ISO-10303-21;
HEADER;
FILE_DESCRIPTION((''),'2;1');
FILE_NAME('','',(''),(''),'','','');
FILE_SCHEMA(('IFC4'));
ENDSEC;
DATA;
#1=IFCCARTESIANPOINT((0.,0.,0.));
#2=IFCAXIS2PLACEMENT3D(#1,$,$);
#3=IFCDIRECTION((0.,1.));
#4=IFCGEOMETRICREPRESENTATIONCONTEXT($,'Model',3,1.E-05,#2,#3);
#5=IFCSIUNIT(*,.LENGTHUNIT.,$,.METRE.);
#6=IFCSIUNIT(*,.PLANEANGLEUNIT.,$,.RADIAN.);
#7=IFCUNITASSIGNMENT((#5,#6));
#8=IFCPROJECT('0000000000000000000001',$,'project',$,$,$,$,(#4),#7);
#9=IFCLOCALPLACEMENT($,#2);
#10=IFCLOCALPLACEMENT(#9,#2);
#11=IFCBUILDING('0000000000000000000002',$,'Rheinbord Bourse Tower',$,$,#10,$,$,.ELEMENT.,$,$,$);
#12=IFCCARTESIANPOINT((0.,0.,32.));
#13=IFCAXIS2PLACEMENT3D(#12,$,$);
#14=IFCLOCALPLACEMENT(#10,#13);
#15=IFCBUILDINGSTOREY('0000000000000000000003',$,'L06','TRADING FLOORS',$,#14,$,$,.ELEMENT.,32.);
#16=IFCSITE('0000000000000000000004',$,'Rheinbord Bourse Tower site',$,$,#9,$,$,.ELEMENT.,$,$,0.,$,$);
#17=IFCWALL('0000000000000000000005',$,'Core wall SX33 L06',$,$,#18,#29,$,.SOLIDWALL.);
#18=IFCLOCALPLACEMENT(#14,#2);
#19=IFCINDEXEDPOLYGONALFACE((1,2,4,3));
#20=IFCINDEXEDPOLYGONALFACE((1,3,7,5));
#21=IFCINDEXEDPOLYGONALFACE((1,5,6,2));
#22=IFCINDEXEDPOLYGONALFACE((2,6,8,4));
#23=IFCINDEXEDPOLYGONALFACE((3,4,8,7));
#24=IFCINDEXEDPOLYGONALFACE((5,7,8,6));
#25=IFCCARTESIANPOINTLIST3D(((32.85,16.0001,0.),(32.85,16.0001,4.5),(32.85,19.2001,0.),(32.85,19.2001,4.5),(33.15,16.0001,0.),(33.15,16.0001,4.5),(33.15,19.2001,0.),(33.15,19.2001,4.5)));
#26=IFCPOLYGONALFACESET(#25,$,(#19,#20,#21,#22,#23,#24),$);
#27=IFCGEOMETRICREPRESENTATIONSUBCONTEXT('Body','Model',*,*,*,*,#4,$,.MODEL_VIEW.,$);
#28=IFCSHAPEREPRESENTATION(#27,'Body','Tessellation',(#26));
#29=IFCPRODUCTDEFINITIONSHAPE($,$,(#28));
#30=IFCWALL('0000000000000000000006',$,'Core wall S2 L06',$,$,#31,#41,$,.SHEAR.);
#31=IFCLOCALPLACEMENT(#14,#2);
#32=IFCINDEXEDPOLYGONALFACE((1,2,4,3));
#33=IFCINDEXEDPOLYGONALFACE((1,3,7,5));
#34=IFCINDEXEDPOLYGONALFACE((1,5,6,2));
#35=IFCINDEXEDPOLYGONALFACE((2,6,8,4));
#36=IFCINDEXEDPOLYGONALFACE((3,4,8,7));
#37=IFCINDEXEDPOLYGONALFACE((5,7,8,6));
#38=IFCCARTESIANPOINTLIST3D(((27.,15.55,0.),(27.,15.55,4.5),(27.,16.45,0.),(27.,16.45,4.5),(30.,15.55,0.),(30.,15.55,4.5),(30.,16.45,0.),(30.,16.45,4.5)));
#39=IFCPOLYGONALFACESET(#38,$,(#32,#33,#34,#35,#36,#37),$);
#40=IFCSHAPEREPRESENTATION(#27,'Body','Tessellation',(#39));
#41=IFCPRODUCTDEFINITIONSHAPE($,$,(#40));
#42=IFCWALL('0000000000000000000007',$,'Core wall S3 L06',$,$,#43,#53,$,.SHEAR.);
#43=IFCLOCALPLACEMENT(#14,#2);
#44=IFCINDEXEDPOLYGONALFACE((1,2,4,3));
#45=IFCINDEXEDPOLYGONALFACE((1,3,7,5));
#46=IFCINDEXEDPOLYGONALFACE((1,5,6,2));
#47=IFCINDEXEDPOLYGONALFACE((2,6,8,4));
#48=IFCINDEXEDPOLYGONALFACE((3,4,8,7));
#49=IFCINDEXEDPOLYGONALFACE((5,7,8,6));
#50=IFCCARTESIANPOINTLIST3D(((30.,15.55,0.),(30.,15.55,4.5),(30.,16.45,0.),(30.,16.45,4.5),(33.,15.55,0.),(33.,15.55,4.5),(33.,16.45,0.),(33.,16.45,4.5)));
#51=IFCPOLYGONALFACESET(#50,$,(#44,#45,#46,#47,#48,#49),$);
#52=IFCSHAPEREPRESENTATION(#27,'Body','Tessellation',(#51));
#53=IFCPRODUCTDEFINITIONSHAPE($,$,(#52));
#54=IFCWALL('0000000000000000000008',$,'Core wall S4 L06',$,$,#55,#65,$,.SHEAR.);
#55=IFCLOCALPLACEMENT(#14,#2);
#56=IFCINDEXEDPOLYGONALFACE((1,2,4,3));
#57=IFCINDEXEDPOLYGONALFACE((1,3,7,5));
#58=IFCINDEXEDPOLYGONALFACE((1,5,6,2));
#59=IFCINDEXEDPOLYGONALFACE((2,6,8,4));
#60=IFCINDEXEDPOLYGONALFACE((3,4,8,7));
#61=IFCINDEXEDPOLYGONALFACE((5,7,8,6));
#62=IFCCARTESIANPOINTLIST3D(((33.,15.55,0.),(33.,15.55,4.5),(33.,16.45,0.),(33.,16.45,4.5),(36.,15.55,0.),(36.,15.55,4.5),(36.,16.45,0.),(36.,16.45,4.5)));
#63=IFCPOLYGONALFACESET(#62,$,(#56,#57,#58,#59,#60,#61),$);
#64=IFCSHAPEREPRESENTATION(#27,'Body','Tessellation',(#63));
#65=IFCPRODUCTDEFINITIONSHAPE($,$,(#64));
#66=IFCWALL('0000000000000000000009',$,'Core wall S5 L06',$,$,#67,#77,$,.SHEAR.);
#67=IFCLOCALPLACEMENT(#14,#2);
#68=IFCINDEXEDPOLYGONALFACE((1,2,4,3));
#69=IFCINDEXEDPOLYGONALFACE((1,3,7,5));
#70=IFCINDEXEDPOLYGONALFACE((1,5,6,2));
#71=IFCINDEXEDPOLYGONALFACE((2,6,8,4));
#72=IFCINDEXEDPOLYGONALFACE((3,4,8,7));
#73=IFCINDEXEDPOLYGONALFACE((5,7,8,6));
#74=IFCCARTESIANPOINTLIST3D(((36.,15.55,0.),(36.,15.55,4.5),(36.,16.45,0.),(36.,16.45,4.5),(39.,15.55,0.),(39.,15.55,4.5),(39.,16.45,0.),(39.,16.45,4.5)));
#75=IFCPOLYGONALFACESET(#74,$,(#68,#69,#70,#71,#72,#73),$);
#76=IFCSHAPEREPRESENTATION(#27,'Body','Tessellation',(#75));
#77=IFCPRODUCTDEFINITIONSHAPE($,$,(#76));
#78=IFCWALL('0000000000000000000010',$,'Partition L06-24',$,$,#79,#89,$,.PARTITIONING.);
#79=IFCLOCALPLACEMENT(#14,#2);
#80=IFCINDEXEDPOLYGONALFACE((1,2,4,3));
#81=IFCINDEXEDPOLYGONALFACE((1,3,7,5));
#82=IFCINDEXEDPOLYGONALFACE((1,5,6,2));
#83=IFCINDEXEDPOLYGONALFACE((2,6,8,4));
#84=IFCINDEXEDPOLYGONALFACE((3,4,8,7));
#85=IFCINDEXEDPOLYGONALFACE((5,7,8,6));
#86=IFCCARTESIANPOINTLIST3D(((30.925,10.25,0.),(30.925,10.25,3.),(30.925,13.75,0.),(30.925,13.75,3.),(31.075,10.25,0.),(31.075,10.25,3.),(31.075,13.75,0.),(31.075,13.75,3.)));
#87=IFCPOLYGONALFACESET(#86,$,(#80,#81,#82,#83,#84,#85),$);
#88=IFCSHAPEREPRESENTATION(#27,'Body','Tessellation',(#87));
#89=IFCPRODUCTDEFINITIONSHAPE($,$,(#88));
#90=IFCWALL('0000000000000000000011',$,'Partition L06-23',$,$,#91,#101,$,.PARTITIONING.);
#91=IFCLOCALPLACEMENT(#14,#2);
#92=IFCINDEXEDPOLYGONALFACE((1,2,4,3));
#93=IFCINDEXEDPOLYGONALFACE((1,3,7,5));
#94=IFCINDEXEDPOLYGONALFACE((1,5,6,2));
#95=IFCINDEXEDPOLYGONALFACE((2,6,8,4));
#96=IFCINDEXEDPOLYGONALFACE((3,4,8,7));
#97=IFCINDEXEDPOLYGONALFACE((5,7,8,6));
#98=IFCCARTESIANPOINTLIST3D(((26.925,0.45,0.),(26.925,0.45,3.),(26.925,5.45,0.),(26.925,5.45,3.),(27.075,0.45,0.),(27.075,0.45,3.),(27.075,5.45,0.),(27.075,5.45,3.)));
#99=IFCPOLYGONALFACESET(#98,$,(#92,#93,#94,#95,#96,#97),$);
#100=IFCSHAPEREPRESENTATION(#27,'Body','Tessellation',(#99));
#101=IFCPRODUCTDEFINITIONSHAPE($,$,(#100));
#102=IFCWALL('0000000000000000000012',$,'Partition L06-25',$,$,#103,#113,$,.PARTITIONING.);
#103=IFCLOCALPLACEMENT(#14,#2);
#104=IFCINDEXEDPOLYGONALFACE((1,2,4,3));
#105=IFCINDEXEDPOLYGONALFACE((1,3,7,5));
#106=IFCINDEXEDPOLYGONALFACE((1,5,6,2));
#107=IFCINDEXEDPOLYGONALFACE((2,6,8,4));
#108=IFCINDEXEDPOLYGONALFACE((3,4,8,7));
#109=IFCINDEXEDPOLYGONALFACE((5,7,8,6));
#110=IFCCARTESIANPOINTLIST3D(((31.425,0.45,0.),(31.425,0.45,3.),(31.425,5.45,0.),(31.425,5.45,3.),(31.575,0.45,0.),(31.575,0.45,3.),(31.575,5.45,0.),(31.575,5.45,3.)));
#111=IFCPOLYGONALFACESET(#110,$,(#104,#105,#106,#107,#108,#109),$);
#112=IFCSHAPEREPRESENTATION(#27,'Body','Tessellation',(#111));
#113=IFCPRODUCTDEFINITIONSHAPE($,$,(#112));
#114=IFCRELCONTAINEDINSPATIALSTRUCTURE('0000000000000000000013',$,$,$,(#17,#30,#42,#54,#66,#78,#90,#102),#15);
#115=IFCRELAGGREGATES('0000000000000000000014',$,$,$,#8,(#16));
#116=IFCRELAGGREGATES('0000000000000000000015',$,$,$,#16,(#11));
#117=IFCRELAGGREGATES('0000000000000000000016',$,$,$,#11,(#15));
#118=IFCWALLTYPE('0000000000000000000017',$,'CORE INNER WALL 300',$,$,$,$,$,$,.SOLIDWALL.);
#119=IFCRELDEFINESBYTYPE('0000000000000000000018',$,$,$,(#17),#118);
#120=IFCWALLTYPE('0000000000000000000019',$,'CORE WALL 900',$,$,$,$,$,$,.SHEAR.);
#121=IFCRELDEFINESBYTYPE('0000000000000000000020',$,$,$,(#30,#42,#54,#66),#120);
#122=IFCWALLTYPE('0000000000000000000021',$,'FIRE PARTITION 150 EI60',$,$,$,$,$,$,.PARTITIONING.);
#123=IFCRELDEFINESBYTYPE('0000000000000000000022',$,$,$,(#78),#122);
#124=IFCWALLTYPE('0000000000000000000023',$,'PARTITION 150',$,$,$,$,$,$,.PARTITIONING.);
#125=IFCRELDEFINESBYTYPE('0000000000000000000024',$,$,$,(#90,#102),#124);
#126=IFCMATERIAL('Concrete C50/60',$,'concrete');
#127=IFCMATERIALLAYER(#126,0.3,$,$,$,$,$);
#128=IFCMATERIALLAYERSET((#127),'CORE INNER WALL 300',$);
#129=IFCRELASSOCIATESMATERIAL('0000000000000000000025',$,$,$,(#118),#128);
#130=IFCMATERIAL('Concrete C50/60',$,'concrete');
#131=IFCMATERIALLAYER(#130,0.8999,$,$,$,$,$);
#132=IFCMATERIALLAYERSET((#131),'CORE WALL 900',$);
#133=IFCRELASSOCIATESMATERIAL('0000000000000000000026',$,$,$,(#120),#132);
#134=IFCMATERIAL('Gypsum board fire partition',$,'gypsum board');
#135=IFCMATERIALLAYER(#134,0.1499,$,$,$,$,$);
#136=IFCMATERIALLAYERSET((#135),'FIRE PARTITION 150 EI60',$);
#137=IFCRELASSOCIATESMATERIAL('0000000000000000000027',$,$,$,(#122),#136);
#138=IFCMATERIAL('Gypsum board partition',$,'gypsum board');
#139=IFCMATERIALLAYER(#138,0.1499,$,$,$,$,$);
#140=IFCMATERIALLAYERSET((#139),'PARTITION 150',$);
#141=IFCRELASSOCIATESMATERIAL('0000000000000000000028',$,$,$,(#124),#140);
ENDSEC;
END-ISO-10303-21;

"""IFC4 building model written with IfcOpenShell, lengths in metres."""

from ifc_helpers import new_model, si_unit, direction, frame, frame_2d, origin, place, context, subcontext, project, spatial, rectangle, extrude, material, layer, layer_set, type_object, element, save


model = new_model("IFC4")

# Units and contexts
model_context = context("Model", 3, precision=1e-05, world=origin(), true_north=direction((0.0, 1.0)))
body_context = subcontext(model_context, "Body", "Model", "MODEL_VIEW")
ifc_project = project(units=[si_unit("LENGTHUNIT", "METRE"), si_unit("PLANEANGLEUNIT", "RADIAN")], contexts=[model_context])

# Site, building, storey
site_placement = place(None, origin())
site = spatial("IfcSite", under=ifc_project, at=site_placement, Name="Rheinbord Bourse Tower site", CompositionType="ELEMENT", RefElevation=0.0)
building_placement = place(site_placement, origin())
building = spatial("IfcBuilding", under=site, at=building_placement, Name="Rheinbord Bourse Tower", CompositionType="ELEMENT")
storey_placement = place(building_placement, frame((0.0, 0.0, 32.0)))
storey = spatial("IfcBuildingStorey", under=building, at=storey_placement, Name="L06", Description="TRADING FLOORS", CompositionType="ELEMENT", Elevation=32.0)

# Shared definitions
ifc_material_1 = material(Name="Concrete C50/60", Category="concrete")
ifc_layer_1 = layer(ifc_material_1, 0.3)
ifc_layer_set_1 = layer_set([ifc_layer_1], Name="CORE INNER WALL 300")
wall_type_1 = type_object("IfcWallType", Name="CORE INNER WALL 300", PredefinedType="SOLIDWALL", material=ifc_layer_set_1)

# Walls
for number, where, z_axis, x_axis, name in (
    (1, (33.0, 16.0, 0.0), (0.0, 0.0, 1.0), (0.0, 1.0, 0.0), "Core wall SX33 L06"),
):
    element("IfcWall", number, at=place(storey_placement, frame(where, z_axis=z_axis, x_axis=x_axis)), inside=storey, type_object=wall_type_1, Name=name, PredefinedType="SOLIDWALL", context=body_context, shape_type="SweptSolid", body=[
        extrude(rectangle(XDim=3.2, YDim=0.3, at=frame_2d((1.6001, 0.0))), origin(), (0.0, 0.0, 1.0), 4.5),
    ])
ifc_material_2 = material(Name="Concrete C50/60", Category="concrete")
ifc_layer_2 = layer(ifc_material_2, 0.8999)
ifc_layer_set_2 = layer_set([ifc_layer_2], Name="CORE WALL 900")
wall_type_2 = type_object("IfcWallType", Name="CORE WALL 900", PredefinedType="SHEAR", material=ifc_layer_set_2)
for number, where, z_axis, x_axis, name in (
    (2, (27.0, 16.0, 0.0), (0.0, 0.0, 1.0), (1.0, 0.0, 0.0), "Core wall S2 L06"),
    (3, (30.0, 16.0, 0.0), (0.0, 0.0, 1.0), (1.0, 0.0, 0.0), "Core wall S3 L06"),
    (4, (33.0, 16.0, 0.0), (0.0, 0.0, 1.0), (1.0, 0.0, 0.0), "Core wall S4 L06"),
    (5, (36.0, 16.0, 0.0), (0.0, 0.0, 1.0), (1.0, 0.0, 0.0), "Core wall S5 L06"),
):
    element("IfcWall", number, at=place(storey_placement, frame(where, z_axis=z_axis, x_axis=x_axis)), inside=storey, type_object=wall_type_2, Name=name, PredefinedType="SHEAR", context=body_context, shape_type="SweptSolid", body=[
        extrude(rectangle(XDim=3.0, YDim=0.8999, at=frame_2d((1.5, 0.0))), origin(), (0.0, 0.0, 1.0), 4.5),
    ])
ifc_material_3 = material(Name="Gypsum board fire partition", Category="gypsum board")
ifc_layer_3 = layer(ifc_material_3, 0.1499)
ifc_layer_set_3 = layer_set([ifc_layer_3], Name="FIRE PARTITION 150 EI60")
wall_type_3 = type_object("IfcWallType", Name="FIRE PARTITION 150 EI60", PredefinedType="PARTITIONING", material=ifc_layer_set_3)
wall_1_placement = place(storey_placement, frame((31.0, 10.25, 0.0), z_axis=(0.0, 0.0, 1.0), x_axis=(0.0, 1.0, 0.0)))
element("IfcWall", 6, at=wall_1_placement, inside=storey, type_object=wall_type_3, Name="Partition L06-24", PredefinedType="PARTITIONING", context=body_context, shape_type="SweptSolid", body=[
    extrude(rectangle(XDim=3.5, YDim=0.1499, at=frame_2d((1.75, 0.0))), origin(), (0.0, 0.0, 1.0), 3.0),
])
ifc_material_4 = material(Name="Gypsum board partition", Category="gypsum board")
ifc_layer_4 = layer(ifc_material_4, 0.1499)
ifc_layer_set_4 = layer_set([ifc_layer_4], Name="PARTITION 150")
wall_type_4 = type_object("IfcWallType", Name="PARTITION 150", PredefinedType="PARTITIONING", material=ifc_layer_set_4)
for number, where, z_axis, x_axis, name in (
    (7, (27.0, 0.45, 0.0), (0.0, 0.0, 1.0), (0.0, 1.0, 0.0), "Partition L06-23"),
    (8, (31.5, 0.45, 0.0), (0.0, 0.0, 1.0), (0.0, 1.0, 0.0), "Partition L06-25"),
):
    element("IfcWall", number, at=place(storey_placement, frame(where, z_axis=z_axis, x_axis=x_axis)), inside=storey, type_object=wall_type_4, Name=name, PredefinedType="PARTITIONING", context=body_context, shape_type="SweptSolid", body=[
        extrude(rectangle(XDim=5.0, YDim=0.1499, at=frame_2d((2.5, 0.0))), origin(), (0.0, 0.0, 1.0), 3.0),
    ])

save(model, "model.ifc")
